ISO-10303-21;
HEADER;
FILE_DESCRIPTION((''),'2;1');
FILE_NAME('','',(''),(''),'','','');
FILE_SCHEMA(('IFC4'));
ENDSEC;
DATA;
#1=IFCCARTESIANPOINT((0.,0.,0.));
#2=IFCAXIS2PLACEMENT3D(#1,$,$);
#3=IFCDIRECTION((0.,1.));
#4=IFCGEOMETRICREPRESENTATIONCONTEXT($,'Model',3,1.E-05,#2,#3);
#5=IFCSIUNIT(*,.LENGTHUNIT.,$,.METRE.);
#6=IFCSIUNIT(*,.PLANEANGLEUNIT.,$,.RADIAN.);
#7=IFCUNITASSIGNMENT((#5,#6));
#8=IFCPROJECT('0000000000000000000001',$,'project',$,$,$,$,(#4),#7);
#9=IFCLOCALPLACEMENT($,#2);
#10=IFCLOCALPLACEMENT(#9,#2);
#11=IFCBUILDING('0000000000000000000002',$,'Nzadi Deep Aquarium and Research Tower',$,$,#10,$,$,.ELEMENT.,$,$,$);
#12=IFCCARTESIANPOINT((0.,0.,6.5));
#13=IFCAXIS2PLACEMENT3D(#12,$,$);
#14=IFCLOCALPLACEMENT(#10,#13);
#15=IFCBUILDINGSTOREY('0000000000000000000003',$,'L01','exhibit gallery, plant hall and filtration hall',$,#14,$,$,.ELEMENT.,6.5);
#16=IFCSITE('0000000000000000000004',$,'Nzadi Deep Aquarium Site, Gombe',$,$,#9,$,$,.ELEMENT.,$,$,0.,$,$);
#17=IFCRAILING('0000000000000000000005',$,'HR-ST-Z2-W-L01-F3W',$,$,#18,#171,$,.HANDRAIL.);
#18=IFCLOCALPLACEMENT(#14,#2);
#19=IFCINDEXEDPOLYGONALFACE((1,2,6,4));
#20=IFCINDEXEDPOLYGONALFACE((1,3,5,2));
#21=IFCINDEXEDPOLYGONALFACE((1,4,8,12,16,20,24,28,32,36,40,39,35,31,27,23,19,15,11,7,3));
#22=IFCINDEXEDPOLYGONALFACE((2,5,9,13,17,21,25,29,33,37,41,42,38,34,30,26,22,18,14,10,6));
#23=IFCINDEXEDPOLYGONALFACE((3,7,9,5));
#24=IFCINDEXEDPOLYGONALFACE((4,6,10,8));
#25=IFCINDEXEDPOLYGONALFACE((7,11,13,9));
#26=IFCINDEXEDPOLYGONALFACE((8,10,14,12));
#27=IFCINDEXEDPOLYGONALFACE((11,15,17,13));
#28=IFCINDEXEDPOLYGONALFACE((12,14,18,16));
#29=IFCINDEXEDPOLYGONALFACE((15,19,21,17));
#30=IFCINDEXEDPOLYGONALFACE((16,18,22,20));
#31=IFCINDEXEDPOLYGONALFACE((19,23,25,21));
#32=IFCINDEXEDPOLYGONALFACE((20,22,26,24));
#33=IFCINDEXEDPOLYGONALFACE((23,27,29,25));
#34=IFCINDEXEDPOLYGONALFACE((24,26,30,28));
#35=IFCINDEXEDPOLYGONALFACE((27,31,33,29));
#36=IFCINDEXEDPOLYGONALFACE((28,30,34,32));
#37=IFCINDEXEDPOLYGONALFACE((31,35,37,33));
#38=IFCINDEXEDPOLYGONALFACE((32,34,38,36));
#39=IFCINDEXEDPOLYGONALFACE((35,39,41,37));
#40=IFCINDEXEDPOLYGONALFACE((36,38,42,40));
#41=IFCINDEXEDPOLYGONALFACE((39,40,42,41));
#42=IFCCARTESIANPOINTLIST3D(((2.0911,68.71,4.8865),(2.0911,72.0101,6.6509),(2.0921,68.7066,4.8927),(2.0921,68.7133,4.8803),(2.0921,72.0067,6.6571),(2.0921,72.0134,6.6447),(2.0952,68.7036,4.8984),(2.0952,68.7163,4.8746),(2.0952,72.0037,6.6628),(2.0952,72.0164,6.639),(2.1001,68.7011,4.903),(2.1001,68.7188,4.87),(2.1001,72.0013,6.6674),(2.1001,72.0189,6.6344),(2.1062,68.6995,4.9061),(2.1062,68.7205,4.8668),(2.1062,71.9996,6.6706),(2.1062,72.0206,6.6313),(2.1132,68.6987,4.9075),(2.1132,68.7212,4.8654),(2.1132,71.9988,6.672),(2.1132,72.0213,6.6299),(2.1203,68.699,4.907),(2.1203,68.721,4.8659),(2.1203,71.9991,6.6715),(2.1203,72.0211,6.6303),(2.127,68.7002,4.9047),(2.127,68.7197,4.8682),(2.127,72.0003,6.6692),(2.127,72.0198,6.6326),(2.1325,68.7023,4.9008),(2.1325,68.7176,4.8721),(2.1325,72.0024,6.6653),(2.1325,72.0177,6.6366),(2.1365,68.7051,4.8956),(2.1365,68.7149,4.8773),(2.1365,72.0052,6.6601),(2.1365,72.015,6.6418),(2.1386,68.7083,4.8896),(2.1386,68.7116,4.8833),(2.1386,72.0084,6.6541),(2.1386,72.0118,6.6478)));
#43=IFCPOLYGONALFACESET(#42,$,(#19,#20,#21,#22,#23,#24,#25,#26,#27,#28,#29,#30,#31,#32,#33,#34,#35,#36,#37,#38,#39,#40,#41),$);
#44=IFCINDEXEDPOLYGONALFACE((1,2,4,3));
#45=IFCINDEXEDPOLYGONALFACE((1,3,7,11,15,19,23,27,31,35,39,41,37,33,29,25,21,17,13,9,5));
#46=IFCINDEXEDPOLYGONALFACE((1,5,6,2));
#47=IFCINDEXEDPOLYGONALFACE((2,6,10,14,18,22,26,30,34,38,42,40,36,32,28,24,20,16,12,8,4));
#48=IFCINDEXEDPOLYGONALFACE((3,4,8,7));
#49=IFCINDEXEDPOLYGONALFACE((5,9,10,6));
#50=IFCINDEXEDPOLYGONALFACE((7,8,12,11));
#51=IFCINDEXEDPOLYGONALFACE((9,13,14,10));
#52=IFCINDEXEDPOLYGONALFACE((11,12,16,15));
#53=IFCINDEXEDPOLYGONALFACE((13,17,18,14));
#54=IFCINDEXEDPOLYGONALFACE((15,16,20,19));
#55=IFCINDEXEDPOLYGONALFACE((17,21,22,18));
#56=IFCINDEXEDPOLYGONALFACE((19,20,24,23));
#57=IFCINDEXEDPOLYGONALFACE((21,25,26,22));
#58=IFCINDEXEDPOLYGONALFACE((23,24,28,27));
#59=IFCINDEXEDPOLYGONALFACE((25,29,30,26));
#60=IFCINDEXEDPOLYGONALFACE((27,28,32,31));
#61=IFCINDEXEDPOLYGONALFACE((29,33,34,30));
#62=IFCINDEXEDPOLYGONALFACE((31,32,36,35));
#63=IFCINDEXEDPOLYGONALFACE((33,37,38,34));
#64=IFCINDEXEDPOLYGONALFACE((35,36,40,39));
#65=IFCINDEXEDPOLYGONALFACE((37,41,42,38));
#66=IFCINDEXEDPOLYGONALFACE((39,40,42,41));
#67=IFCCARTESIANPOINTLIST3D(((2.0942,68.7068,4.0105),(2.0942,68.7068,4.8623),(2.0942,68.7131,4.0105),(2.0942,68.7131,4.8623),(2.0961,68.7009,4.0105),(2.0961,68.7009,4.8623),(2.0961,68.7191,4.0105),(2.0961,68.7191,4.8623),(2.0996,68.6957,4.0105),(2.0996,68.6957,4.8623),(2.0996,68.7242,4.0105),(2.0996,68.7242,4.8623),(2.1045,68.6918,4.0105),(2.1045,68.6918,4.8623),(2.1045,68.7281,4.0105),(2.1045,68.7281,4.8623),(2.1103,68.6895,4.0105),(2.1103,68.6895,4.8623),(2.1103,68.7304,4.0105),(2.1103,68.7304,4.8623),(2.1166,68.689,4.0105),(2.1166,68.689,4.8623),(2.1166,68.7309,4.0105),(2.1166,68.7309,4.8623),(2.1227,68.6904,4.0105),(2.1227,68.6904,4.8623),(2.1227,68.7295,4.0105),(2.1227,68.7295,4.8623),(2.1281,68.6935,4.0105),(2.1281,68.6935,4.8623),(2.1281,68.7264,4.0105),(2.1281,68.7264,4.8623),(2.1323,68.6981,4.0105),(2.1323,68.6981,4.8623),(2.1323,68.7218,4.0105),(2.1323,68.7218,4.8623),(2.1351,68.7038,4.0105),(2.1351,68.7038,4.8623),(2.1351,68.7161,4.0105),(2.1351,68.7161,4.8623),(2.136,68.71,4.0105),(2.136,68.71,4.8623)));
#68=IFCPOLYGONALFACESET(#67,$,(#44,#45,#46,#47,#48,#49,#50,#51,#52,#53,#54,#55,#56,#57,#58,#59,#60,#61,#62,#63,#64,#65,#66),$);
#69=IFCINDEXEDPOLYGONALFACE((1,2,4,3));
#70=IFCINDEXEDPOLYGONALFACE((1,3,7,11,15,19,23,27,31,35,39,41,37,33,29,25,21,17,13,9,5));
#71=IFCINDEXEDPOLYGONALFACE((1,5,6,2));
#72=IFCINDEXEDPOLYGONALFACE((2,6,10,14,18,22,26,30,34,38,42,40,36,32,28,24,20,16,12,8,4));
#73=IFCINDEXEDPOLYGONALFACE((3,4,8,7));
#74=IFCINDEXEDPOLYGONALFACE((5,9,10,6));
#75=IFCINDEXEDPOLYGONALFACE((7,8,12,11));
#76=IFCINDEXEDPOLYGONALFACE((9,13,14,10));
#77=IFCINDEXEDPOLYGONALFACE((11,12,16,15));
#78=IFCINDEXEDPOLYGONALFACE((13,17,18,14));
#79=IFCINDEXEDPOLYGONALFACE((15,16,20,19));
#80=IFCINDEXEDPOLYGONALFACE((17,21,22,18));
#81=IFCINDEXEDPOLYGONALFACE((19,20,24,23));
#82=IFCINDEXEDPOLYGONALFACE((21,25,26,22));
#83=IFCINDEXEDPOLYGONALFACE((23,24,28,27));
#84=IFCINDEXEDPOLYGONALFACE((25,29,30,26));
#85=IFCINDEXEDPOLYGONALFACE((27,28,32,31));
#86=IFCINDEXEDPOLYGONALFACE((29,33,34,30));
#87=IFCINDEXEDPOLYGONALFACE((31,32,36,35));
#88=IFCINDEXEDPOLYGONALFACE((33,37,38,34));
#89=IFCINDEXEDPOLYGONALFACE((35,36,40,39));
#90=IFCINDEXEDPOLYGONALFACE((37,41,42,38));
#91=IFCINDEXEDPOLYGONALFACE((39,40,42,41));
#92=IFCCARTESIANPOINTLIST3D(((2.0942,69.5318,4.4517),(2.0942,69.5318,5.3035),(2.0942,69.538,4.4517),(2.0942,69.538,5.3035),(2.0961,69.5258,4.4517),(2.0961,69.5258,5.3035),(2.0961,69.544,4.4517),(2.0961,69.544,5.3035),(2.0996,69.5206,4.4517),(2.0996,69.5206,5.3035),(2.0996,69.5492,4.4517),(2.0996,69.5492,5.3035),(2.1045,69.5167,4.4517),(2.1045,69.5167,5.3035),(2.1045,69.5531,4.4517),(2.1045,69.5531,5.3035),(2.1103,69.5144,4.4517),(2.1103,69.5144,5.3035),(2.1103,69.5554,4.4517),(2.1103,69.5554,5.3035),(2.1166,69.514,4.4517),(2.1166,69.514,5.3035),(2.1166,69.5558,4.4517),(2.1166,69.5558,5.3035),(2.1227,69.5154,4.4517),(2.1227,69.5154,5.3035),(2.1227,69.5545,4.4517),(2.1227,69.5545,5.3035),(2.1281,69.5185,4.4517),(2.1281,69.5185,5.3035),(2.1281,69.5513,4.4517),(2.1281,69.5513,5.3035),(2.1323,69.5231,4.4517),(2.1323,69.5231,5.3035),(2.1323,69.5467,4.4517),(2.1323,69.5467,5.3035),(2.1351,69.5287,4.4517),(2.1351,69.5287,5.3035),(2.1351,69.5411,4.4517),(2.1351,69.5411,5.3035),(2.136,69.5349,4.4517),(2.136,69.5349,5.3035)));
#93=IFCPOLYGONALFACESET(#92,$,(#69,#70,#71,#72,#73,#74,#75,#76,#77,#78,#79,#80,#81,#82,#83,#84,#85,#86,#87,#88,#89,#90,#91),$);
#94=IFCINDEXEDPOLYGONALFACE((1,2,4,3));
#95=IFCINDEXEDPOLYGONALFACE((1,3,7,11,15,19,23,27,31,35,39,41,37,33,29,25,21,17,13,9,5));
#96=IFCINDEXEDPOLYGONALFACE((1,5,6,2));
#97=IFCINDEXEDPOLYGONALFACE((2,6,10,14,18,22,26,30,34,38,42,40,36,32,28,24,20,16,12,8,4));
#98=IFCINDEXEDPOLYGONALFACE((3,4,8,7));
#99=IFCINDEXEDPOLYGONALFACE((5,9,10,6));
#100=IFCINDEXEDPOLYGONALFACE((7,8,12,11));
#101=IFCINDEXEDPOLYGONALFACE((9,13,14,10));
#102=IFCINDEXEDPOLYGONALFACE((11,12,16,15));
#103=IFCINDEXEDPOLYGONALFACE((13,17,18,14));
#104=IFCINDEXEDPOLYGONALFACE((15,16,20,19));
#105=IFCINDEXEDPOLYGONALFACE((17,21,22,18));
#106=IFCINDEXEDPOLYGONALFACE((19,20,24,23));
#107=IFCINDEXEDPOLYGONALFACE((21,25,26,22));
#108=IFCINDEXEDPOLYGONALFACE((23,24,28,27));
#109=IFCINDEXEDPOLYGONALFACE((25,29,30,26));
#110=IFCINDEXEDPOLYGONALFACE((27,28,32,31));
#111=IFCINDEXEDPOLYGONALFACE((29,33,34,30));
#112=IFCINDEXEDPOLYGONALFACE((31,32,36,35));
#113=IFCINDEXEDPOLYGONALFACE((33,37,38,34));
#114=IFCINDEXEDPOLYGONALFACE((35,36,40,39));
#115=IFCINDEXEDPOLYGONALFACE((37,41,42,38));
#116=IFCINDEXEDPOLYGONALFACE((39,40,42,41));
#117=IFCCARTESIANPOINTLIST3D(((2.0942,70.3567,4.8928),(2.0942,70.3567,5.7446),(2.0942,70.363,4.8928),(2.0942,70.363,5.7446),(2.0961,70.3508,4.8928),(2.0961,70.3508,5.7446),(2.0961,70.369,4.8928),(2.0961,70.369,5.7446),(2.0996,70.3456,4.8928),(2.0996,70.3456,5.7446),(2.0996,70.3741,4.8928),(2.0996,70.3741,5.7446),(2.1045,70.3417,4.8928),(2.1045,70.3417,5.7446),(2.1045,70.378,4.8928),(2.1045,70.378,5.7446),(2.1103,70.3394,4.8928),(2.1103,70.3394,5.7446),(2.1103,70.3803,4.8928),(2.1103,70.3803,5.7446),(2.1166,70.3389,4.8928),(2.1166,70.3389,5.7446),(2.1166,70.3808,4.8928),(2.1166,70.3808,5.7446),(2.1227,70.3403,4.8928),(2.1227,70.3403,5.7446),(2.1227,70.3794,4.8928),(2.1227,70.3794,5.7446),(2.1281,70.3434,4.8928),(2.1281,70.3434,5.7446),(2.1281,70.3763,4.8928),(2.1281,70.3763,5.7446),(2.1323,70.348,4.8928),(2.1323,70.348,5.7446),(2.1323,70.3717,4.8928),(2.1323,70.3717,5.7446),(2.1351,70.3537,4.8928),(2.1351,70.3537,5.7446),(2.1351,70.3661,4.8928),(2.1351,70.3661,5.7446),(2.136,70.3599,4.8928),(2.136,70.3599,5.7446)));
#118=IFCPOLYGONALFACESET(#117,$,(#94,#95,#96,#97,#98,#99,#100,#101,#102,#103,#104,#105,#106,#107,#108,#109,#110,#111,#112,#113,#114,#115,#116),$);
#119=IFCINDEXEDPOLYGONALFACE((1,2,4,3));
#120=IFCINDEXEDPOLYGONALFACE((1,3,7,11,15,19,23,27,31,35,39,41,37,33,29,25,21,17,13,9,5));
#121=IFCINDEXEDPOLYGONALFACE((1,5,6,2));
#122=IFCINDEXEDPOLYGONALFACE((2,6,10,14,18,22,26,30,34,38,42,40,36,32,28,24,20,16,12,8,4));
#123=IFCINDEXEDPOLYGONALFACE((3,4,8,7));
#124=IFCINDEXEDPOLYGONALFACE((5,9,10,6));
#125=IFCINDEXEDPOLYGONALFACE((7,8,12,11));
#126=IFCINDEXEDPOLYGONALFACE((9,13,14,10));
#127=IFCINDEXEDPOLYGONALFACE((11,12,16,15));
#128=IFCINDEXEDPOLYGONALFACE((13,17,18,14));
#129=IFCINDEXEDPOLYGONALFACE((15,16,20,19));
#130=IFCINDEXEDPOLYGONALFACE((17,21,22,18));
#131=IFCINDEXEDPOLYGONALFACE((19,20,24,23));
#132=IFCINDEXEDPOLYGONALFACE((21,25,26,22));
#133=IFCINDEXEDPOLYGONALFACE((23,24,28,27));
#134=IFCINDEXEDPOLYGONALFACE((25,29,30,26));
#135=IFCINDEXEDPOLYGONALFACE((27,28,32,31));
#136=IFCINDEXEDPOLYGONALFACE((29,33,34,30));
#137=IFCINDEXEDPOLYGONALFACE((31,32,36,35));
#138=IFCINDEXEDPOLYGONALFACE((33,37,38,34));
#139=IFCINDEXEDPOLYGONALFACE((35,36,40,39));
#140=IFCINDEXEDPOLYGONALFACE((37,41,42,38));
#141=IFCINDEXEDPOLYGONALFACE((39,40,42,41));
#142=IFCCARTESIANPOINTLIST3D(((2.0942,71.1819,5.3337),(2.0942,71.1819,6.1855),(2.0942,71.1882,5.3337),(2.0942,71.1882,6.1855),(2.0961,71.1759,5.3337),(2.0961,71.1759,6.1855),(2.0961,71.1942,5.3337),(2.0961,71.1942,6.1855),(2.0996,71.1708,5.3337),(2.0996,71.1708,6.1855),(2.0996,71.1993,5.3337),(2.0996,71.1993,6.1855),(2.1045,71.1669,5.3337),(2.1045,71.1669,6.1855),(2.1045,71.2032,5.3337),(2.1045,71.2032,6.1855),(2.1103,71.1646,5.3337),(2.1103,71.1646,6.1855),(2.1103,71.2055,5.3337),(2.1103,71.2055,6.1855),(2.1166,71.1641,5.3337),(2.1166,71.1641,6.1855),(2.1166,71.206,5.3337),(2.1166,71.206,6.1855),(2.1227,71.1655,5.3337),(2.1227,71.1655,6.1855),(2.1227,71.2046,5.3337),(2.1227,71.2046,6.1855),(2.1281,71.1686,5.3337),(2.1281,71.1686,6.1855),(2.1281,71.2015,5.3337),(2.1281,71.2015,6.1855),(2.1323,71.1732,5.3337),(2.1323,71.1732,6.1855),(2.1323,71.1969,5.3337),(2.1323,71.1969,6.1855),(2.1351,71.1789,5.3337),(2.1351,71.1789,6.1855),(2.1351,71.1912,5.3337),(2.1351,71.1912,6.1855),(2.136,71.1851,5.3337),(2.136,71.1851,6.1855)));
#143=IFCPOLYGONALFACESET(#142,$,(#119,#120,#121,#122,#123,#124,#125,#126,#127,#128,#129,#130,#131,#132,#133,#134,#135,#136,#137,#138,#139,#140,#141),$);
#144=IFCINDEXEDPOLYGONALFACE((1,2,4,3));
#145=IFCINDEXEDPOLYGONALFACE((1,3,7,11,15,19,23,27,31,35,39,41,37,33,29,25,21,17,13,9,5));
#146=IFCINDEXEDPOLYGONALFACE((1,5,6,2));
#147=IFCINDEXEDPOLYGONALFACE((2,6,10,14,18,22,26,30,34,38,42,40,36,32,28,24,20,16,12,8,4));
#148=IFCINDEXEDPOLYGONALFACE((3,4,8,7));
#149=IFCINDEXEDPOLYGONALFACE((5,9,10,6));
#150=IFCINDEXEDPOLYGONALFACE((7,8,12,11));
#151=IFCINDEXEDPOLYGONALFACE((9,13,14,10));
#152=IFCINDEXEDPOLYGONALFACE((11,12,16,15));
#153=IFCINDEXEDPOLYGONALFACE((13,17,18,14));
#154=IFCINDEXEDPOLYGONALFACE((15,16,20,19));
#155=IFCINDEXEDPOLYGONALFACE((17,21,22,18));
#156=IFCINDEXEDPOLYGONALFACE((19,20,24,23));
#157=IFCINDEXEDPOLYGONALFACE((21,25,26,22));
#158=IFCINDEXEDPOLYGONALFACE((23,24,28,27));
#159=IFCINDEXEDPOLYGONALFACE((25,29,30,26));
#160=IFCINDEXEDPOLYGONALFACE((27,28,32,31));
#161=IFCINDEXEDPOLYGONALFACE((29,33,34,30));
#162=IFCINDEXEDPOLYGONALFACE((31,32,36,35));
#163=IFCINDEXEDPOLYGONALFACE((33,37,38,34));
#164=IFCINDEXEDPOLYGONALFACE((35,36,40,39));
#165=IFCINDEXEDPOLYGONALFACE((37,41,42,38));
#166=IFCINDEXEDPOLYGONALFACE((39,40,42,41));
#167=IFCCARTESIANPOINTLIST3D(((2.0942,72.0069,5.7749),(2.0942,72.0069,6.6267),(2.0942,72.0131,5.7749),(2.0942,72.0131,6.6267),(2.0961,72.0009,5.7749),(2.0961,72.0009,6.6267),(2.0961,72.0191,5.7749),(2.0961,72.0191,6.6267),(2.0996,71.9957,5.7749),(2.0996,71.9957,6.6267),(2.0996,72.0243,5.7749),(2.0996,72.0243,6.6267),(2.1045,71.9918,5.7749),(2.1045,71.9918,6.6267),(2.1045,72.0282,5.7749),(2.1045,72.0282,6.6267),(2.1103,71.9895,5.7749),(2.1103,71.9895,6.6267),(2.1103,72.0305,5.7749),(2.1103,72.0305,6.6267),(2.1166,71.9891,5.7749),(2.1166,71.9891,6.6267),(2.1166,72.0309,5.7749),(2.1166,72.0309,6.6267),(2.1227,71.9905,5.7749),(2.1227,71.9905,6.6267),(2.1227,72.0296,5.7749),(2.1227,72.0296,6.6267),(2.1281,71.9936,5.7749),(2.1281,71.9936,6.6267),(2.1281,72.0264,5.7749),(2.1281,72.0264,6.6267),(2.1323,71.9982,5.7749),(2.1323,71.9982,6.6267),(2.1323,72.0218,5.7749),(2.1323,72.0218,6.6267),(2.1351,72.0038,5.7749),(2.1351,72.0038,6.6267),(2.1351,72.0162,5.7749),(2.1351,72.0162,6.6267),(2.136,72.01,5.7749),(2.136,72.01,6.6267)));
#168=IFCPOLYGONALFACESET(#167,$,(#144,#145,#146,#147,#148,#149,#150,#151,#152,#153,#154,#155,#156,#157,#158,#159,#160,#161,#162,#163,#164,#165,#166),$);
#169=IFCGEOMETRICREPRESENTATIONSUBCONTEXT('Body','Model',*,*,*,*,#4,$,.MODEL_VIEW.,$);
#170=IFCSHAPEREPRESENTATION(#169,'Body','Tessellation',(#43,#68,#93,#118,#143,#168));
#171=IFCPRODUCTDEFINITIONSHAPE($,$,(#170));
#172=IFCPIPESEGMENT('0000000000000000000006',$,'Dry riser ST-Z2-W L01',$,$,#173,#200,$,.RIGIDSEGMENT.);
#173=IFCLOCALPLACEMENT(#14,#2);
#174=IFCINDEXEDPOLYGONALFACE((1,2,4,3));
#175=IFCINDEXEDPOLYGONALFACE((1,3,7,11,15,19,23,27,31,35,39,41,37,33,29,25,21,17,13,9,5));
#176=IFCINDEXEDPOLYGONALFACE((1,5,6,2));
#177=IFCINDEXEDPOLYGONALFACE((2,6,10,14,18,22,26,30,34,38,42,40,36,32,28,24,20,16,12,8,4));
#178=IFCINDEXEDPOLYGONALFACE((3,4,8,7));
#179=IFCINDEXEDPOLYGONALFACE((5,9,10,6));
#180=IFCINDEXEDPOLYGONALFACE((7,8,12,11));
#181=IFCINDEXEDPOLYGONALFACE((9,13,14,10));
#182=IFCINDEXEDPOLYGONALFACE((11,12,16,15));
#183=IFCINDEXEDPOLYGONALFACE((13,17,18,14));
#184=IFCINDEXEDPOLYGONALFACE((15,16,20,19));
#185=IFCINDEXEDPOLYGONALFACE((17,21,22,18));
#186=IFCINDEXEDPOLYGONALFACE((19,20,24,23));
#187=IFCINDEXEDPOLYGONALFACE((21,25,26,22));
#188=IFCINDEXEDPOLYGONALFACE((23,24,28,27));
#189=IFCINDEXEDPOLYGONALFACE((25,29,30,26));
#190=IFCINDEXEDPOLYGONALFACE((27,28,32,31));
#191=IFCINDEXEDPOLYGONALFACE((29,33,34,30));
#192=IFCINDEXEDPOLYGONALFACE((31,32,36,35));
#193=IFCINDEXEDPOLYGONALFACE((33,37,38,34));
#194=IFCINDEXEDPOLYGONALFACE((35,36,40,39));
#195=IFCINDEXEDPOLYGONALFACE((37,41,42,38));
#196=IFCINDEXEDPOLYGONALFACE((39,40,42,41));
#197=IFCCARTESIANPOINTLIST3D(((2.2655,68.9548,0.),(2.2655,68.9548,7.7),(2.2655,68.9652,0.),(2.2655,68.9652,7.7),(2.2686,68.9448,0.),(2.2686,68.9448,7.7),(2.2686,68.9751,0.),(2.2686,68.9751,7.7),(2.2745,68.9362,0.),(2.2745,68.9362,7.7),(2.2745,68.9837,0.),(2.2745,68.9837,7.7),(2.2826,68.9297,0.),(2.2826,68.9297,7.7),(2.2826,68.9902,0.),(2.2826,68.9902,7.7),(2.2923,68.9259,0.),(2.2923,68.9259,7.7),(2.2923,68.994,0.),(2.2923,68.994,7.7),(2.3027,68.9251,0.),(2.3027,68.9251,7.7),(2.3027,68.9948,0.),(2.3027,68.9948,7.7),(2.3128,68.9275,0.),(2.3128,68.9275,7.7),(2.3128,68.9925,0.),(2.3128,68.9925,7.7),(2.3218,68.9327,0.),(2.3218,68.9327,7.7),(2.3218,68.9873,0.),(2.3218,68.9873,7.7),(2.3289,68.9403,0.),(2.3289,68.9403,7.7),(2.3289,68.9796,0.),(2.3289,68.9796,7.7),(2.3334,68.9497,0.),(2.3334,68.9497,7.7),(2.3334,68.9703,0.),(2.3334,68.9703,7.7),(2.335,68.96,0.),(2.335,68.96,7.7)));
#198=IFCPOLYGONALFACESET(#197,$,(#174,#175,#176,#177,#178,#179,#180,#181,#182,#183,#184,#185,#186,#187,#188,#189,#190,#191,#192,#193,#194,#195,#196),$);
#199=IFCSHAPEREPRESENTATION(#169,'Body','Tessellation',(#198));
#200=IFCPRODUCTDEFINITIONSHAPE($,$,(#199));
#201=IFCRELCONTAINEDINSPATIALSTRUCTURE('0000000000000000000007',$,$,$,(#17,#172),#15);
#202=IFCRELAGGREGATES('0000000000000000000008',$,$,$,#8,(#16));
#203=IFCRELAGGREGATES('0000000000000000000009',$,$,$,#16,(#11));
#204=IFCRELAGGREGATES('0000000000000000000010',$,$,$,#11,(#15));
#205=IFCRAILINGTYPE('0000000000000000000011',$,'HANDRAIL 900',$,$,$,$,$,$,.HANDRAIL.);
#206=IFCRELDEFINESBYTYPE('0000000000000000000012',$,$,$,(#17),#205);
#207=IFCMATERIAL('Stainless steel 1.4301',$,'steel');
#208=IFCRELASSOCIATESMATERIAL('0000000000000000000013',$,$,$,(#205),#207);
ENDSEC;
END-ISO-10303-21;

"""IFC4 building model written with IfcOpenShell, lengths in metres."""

from ifc_helpers import new_model, si_unit, direction, frame, origin, origin_2d, place, context, subcontext, project, spatial, circle, extrude, material, type_object, element, save


model = new_model("IFC4")

# Units and contexts
model_context = context("Model", 3, precision=1e-05, world=origin(), true_north=direction((0.0, 1.0)))
body_context = subcontext(model_context, "Body", "Model", "MODEL_VIEW")
ifc_project = project(units=[si_unit("LENGTHUNIT", "METRE"), si_unit("PLANEANGLEUNIT", "RADIAN")], contexts=[model_context])

# Site, building, storey
site_placement = place(None, origin())
site = spatial("IfcSite", under=ifc_project, at=site_placement, Name="Nzadi Deep Aquarium Site, Gombe", CompositionType="ELEMENT", RefElevation=0.0)
building_placement = place(site_placement, origin())
building = spatial("IfcBuilding", under=site, at=building_placement, Name="Nzadi Deep Aquarium and Research Tower", CompositionType="ELEMENT")
storey_placement = place(building_placement, frame((0.0, 0.0, 6.5)))
storey = spatial("IfcBuildingStorey", under=building, at=storey_placement, Name="L01", Description="exhibit gallery, plant hall and filtration hall", CompositionType="ELEMENT", Elevation=6.5)

# Railing
ifc_material_1 = material(Name="Stainless steel 1.4301", Category="steel")
railing_type = type_object("IfcRailingType", Name="HANDRAIL 900", PredefinedType="HANDRAIL", material=ifc_material_1)
for number, where, name in (
    (1, (2.115, 68.71, 4.0105), "HR-ST-Z2-W-L01-F3W"),
):
    element("IfcRailing", number, at=place(storey_placement, frame(where)), inside=storey, type_object=railing_type, Name=name, PredefinedType="HANDRAIL", context=body_context, shape_type="SweptSolid", body=[
        extrude(circle(Radius=0.0239, at=origin_2d()), frame((0.0, 0.0, 0.876), z_axis=(0.0, 0.881867, 0.471499), x_axis=(-1.0, 0.0, 0.0)), (0.0, 0.0, 1.0), 3.7422),
        extrude(circle(Radius=0.021, at=origin_2d()), origin(), (0.0, 0.0, 1.0), 0.8518),
        extrude(circle(Radius=0.021, at=origin_2d()), frame((0.0, 0.825, 0.4412)), (0.0, 0.0, 1.0), 0.8518),
        extrude(circle(Radius=0.021, at=origin_2d()), frame((0.0, 1.6499, 0.8823)), (0.0, 0.0, 1.0), 0.8518),
        extrude(circle(Radius=0.021, at=origin_2d()), frame((0.0, 2.4751, 1.3232)), (0.0, 0.0, 1.0), 0.8518),
        extrude(circle(Radius=0.021, at=origin_2d()), frame((0.0, 3.3, 1.7644)), (0.0, 0.0, 1.0), 0.8518),
    ])

# Pipe segment
pipe_segment_placement = place(storey_placement, frame((2.3, 68.96, 0.0), z_axis=(0.0, 0.0, 1.0), x_axis=(1.0, 0.0, 0.0)))
element("IfcPipeSegment", 2, at=pipe_segment_placement, inside=storey, Name="Dry riser ST-Z2-W L01", PredefinedType="RIGIDSEGMENT", context=body_context, shape_type="SweptSolid", body=[
    extrude(circle(Radius=0.0349, at=origin_2d()), origin(), (0.0, 0.0, 1.0), 7.7),
])

save(model, "model.ifc")
